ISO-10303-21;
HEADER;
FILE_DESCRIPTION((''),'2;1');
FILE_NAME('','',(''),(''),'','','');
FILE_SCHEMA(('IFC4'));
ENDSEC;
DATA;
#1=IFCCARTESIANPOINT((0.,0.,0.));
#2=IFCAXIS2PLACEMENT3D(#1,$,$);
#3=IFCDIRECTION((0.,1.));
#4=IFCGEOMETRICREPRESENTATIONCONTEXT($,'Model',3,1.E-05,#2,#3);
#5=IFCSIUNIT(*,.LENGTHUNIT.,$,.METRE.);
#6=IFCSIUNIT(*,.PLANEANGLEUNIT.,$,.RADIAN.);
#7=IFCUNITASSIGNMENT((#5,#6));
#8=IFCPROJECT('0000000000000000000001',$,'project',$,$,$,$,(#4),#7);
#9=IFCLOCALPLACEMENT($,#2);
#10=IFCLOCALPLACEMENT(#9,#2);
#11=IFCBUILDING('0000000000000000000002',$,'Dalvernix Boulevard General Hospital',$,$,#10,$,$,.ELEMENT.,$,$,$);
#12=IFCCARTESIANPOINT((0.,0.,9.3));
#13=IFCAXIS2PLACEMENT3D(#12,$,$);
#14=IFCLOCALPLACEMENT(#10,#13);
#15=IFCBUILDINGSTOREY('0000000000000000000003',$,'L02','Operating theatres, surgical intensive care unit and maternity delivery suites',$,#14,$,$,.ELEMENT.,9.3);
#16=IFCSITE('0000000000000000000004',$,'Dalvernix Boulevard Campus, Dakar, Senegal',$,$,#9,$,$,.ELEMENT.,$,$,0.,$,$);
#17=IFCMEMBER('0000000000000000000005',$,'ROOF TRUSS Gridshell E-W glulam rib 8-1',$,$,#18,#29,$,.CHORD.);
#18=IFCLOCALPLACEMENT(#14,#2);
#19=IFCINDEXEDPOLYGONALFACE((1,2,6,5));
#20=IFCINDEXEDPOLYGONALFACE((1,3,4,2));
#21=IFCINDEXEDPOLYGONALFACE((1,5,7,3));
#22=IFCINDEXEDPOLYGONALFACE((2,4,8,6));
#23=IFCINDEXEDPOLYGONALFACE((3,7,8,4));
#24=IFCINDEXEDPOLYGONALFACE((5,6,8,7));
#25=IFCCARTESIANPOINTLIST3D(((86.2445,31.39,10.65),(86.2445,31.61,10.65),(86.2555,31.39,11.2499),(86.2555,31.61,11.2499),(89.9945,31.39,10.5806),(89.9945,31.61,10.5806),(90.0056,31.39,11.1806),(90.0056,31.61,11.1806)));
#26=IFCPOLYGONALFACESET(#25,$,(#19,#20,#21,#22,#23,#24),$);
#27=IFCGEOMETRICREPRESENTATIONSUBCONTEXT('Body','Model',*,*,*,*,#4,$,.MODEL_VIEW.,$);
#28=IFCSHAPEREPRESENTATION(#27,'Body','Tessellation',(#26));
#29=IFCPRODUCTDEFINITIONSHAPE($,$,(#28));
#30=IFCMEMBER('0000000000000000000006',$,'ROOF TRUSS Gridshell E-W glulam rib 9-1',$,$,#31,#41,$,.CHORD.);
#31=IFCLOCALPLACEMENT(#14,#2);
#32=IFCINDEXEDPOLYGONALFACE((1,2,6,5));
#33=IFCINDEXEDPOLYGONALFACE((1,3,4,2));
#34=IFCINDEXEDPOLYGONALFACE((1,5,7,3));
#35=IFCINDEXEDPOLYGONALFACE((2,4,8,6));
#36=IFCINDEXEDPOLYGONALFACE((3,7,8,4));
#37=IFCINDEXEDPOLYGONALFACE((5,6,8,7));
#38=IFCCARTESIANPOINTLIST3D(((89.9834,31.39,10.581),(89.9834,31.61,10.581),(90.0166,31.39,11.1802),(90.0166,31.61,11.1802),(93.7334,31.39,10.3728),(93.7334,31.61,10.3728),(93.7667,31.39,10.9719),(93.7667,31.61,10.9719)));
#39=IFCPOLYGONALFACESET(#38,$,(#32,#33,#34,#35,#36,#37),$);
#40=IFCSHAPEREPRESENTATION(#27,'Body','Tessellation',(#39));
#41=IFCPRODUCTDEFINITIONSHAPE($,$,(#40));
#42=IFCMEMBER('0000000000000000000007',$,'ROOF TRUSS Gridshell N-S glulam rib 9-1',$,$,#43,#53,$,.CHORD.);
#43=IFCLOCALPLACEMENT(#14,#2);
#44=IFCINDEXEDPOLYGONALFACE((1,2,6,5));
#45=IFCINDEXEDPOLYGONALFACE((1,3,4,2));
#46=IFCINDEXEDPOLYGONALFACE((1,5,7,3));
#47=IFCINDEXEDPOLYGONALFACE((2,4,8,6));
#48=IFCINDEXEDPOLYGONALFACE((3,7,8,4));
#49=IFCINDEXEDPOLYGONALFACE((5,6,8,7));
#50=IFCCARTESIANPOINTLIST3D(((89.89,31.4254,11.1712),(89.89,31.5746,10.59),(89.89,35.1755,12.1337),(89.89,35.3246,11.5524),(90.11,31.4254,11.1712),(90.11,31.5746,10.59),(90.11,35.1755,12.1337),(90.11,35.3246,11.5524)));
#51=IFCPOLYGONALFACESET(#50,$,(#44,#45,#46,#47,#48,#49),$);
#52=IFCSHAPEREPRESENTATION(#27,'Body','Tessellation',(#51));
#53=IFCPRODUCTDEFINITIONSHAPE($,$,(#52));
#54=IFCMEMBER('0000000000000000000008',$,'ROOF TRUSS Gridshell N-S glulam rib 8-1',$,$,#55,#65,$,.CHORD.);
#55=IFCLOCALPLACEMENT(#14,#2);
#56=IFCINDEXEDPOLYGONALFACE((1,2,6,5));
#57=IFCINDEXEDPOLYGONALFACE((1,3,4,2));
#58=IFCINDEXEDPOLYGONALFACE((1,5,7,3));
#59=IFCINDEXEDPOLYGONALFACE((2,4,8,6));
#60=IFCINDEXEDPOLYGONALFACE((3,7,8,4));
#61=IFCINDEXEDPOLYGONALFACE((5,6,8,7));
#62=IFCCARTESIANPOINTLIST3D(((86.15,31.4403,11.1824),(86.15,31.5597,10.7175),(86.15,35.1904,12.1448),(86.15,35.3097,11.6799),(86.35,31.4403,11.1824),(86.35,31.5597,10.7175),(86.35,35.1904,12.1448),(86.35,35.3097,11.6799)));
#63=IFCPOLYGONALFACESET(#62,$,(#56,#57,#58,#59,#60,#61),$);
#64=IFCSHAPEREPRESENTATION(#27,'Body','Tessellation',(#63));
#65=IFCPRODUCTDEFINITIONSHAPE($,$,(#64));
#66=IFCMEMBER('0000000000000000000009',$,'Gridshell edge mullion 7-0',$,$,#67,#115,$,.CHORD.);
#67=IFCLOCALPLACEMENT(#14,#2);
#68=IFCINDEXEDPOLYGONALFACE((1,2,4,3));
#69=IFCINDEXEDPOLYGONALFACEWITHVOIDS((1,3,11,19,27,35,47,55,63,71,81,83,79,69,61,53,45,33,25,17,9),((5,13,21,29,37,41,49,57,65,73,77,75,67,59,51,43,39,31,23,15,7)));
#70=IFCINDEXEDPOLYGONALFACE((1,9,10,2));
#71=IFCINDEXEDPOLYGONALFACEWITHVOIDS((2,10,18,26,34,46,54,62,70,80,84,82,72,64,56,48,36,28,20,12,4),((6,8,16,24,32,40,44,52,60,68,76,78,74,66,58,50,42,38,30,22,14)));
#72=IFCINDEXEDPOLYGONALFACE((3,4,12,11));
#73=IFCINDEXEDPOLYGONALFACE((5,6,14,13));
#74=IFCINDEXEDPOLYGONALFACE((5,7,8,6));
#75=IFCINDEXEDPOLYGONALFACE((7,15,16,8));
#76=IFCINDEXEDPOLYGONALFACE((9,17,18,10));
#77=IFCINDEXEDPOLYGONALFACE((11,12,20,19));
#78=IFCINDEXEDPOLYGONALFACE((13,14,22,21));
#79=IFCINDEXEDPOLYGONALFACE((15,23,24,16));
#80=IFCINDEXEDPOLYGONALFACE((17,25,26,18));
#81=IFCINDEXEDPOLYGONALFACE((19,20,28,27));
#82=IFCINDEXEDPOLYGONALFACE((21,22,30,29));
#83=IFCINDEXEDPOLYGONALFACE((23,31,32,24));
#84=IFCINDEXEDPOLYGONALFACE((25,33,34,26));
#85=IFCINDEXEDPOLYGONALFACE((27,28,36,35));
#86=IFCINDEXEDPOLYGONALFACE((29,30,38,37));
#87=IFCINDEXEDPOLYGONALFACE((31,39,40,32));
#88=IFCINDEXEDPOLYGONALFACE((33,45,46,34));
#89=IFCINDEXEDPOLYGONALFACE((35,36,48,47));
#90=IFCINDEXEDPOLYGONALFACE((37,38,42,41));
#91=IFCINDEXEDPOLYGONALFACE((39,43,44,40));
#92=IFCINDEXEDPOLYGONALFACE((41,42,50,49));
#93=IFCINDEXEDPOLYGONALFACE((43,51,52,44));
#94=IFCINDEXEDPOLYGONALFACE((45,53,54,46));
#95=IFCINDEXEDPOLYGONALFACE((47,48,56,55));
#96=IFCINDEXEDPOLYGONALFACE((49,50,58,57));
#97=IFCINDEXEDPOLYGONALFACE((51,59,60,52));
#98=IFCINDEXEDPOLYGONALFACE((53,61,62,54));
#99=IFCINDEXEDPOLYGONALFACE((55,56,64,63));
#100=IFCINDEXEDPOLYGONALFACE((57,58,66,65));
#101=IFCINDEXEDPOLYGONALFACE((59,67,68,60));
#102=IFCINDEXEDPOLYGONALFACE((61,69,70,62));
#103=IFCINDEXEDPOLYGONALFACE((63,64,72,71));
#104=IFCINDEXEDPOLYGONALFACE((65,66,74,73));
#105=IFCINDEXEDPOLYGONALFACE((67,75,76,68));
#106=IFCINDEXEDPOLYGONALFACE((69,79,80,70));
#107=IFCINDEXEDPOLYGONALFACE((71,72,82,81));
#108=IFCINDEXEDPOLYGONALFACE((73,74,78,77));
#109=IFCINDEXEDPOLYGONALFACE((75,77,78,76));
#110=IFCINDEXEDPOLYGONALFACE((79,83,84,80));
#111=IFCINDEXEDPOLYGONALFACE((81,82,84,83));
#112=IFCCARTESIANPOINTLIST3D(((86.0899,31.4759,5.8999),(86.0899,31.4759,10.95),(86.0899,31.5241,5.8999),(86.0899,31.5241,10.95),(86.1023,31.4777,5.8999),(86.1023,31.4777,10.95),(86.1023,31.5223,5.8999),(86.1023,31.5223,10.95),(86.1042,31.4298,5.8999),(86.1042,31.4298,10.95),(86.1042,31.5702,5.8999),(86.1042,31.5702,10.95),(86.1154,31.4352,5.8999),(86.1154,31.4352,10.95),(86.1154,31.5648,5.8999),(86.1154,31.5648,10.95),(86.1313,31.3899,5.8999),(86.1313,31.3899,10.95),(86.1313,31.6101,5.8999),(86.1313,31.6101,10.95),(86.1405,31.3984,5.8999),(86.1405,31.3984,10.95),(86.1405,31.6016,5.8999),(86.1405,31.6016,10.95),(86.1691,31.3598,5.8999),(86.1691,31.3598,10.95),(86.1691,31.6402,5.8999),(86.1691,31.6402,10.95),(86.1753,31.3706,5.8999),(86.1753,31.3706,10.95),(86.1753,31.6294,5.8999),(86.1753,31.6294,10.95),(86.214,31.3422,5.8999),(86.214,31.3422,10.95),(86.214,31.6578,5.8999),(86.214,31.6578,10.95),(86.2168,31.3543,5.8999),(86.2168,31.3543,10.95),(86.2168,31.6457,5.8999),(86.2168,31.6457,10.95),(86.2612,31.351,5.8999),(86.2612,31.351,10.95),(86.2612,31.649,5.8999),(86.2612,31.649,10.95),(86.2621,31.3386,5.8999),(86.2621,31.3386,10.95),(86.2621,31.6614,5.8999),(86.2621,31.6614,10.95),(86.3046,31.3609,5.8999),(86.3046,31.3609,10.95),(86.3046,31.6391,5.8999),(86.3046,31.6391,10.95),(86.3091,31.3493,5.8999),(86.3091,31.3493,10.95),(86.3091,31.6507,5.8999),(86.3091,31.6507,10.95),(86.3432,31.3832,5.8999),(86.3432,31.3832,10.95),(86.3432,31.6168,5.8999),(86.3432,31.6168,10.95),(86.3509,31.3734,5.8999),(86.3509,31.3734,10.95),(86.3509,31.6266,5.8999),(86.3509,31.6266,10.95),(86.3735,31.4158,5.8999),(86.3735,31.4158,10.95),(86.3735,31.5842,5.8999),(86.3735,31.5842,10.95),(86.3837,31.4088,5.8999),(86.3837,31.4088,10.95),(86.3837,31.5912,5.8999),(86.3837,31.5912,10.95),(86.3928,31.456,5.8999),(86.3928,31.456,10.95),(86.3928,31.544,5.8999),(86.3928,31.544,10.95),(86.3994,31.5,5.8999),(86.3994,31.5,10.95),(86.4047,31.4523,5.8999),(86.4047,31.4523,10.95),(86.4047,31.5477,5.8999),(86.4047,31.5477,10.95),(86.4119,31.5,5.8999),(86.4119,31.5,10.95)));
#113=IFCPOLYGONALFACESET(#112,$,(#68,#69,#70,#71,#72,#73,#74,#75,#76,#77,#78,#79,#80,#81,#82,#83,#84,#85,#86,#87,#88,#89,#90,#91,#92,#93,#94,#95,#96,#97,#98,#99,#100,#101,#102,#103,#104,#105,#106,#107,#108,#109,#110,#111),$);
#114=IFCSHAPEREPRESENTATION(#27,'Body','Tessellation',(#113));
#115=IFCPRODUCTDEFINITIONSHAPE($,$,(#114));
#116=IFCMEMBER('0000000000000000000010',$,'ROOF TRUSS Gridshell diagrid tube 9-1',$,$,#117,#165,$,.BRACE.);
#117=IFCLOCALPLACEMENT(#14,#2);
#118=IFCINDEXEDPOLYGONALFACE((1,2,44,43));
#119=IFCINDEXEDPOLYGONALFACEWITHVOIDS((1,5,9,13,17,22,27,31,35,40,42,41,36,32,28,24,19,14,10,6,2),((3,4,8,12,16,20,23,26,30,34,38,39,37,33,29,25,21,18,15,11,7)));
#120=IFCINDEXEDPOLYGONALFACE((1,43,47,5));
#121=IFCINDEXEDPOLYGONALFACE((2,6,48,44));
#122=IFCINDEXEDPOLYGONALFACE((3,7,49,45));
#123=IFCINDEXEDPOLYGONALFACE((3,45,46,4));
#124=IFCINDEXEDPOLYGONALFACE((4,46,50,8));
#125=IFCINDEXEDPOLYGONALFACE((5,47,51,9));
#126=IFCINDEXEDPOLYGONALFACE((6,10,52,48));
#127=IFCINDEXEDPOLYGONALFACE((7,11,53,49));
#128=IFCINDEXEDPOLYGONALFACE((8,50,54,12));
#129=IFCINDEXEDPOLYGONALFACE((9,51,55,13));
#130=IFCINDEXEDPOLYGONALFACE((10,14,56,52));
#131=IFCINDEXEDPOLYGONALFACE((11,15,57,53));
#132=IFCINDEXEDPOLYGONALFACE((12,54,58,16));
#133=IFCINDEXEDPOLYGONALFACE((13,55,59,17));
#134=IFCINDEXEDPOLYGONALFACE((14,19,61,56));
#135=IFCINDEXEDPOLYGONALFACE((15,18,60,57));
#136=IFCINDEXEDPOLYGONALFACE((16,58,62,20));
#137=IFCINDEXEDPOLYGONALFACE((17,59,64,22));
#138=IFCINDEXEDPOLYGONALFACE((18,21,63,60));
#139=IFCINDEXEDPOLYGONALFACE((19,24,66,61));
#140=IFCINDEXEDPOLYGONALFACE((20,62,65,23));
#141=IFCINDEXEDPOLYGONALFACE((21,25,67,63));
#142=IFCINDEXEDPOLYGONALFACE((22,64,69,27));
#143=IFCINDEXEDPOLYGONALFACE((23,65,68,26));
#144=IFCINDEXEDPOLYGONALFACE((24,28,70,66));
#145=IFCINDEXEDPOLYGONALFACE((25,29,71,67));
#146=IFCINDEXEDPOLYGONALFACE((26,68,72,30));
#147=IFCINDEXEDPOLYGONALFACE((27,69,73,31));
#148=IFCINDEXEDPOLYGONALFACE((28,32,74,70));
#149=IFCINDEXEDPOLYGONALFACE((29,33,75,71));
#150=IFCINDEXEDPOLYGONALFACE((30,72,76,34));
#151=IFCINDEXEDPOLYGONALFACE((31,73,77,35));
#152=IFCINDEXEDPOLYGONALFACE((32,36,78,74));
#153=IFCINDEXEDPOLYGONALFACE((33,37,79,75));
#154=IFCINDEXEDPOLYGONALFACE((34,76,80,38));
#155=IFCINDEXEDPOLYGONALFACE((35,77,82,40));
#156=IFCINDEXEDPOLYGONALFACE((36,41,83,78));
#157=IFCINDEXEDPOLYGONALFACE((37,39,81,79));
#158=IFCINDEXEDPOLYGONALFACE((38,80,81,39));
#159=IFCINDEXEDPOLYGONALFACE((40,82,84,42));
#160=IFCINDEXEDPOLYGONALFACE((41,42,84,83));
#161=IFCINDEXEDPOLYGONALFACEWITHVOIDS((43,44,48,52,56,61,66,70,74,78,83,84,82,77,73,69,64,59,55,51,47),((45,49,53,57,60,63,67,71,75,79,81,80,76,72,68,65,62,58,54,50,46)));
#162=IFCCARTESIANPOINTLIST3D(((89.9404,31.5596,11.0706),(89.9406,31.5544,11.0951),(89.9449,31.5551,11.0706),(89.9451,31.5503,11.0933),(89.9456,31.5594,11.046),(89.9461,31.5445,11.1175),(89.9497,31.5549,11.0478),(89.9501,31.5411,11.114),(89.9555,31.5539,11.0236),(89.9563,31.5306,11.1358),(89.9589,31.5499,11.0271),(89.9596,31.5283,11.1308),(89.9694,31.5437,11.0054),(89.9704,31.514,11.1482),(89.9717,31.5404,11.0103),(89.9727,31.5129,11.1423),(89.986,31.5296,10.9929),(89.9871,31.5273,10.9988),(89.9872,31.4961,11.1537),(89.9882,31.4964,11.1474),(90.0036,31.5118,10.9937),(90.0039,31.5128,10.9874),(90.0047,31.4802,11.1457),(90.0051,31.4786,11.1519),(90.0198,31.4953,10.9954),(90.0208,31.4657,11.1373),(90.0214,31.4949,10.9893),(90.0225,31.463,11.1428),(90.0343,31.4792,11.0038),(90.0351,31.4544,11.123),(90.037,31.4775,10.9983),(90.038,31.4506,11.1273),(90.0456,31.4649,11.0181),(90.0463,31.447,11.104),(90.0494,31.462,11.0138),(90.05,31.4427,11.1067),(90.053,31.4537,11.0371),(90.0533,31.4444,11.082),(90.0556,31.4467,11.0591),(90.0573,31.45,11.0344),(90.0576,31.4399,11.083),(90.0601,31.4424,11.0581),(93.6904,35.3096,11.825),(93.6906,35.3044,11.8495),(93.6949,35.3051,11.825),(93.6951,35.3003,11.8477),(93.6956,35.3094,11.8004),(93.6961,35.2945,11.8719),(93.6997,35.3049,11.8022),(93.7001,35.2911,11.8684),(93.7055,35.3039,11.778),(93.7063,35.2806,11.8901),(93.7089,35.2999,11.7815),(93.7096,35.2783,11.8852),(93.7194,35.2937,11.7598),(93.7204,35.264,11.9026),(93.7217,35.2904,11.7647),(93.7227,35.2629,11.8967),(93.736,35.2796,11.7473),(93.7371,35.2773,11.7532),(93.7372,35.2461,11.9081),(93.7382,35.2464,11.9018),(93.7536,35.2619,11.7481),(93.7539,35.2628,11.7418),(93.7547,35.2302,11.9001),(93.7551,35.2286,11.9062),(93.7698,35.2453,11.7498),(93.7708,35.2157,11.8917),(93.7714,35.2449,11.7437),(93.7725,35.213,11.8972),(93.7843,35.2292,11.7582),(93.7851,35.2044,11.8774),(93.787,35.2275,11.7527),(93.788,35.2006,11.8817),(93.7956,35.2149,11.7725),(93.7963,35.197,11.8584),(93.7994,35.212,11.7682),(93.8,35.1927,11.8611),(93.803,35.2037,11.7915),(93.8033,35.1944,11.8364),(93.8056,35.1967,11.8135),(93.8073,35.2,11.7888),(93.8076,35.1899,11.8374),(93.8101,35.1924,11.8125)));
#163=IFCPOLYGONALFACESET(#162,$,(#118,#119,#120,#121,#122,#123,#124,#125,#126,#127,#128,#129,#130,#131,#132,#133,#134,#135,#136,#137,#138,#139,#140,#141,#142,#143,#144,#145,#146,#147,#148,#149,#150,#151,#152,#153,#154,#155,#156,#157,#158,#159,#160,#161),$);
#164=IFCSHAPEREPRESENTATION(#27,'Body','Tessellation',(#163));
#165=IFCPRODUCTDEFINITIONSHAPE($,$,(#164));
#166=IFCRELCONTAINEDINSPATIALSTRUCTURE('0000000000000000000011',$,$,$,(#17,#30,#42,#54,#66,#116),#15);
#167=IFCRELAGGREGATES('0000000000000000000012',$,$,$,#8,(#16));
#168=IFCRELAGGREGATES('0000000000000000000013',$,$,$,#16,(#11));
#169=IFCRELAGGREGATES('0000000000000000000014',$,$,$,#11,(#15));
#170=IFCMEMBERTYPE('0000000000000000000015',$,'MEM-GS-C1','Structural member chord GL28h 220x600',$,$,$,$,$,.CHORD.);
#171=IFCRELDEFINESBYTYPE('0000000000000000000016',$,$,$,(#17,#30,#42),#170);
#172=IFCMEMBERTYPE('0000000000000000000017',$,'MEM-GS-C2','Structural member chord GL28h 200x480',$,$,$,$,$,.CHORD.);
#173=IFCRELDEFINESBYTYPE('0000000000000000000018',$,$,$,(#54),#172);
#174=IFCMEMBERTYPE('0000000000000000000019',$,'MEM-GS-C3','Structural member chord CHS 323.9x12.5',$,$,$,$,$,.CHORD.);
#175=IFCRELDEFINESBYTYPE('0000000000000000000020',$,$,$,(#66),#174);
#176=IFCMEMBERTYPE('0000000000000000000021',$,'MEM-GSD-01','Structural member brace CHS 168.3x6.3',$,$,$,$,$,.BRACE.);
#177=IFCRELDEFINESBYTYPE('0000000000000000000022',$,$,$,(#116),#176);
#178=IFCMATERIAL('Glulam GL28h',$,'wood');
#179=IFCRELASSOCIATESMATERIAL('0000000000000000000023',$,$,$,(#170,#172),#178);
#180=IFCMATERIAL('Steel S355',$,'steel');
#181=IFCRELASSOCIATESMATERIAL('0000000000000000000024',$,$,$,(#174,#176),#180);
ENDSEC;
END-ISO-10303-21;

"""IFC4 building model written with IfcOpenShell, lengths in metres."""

from ifc_helpers import new_model, si_unit, direction, frame, origin, origin_2d, place, context, subcontext, project, spatial, rectangle, hollow_circle, extrude, material, material_profile, profile_set, type_object, element, save


model = new_model("IFC4")

# Units and contexts
model_context = context("Model", 3, precision=1e-05, world=origin(), true_north=direction((0.0, 1.0)))
body_context = subcontext(model_context, "Body", "Model", "MODEL_VIEW")
ifc_project = project(units=[si_unit("LENGTHUNIT", "METRE"), si_unit("PLANEANGLEUNIT", "RADIAN")], contexts=[model_context])

# Site, building, storey
site_placement = place(None, origin())
site = spatial("IfcSite", under=ifc_project, at=site_placement, Name="Dalvernix Boulevard Campus, Dakar, Senegal", CompositionType="ELEMENT", RefElevation=0.0)
building_placement = place(site_placement, origin())
building = spatial("IfcBuilding", under=site, at=building_placement, Name="Dalvernix Boulevard General Hospital", CompositionType="ELEMENT")
storey_placement = place(building_placement, frame((0.0, 0.0, 9.3)))
storey = spatial("IfcBuildingStorey", under=building, at=storey_placement, Name="L02", Description="Operating theatres, surgical intensive care unit and maternity delivery suites", CompositionType="ELEMENT", Elevation=9.3)

# Shared definitions
ifc_material_1 = material(Name="Steel S355", Category="steel")

# Members
ifc_material_2 = material(Name="Glulam GL28h", Category="wood")
ifc_material_profile_1 = material_profile(ifc_material_2, rectangle(XDim=0.22, YDim=0.6001, at=origin_2d()), Name="GL28h 220x600")
ifc_profile_set_1 = profile_set([ifc_material_profile_1], Name="Glulam GL28h")
member_type_1 = type_object("IfcMemberType", Name="MEM-GS-C1", Description="Structural member chord GL28h 220x600", PredefinedType="CHORD", material=ifc_profile_set_1)
member_1_placement = place(storey_placement, frame((86.25, 31.5, 10.95), z_axis=(0.999829, 0.0, -0.018486), x_axis=(0.0, 1.0, 0.0)))
element("IfcMember", 1, at=member_1_placement, inside=storey, type_object=member_type_1, Name="ROOF TRUSS Gridshell E-W glulam rib 8-1", PredefinedType="CHORD", context=body_context, shape_type="SweptSolid", body=[
    extrude(rectangle(XDim=0.22, YDim=0.6001, at=origin_2d()), origin(), (0.0, 0.0, 1.0), 3.7507),
])
member_2_placement = place(storey_placement, frame((90.0, 31.5, 10.8806), z_axis=(0.998462, 0.0, -0.055448), x_axis=(0.0, 1.0, 0.0)))
element("IfcMember", 2, at=member_2_placement, inside=storey, type_object=member_type_1, Name="ROOF TRUSS Gridshell E-W glulam rib 9-1", PredefinedType="CHORD", context=body_context, shape_type="SweptSolid", body=[
    extrude(rectangle(XDim=0.22, YDim=0.6001, at=origin_2d()), origin(), (0.0, 0.0, 1.0), 3.7559),
])
member_3_placement = place(storey_placement, frame((90.0, 31.5, 10.8806), z_axis=(0.0, 0.96861, 0.248585), x_axis=(-1.0, 0.0, 0.0)))
element("IfcMember", 3, at=member_3_placement, inside=storey, type_object=member_type_1, Name="ROOF TRUSS Gridshell N-S glulam rib 9-1", PredefinedType="CHORD", context=body_context, shape_type="SweptSolid", body=[
    extrude(rectangle(XDim=0.22, YDim=0.6001, at=origin_2d()), origin(), (0.0, 0.0, 1.0), 3.8716),
])
ifc_material_profile_2 = material_profile(ifc_material_2, rectangle(XDim=0.2, YDim=0.48, at=origin_2d()), Name="GL28h 200x480")
ifc_profile_set_2 = profile_set([ifc_material_profile_2], Name="Glulam GL28h")
member_type_2 = type_object("IfcMemberType", Name="MEM-GS-C2", Description="Structural member chord GL28h 200x480", PredefinedType="CHORD", material=ifc_profile_set_2)
member_4_placement = place(storey_placement, frame((86.25, 31.5, 10.95), z_axis=(0.0, 0.96861, 0.248585), x_axis=(-1.0, 0.0, 0.0)))
element("IfcMember", 4, at=member_4_placement, inside=storey, type_object=member_type_2, Name="ROOF TRUSS Gridshell N-S glulam rib 8-1", PredefinedType="CHORD", context=body_context, shape_type="SweptSolid", body=[
    extrude(rectangle(XDim=0.2, YDim=0.48, at=origin_2d()), origin(), (0.0, 0.0, 1.0), 3.8716),
])
ifc_material_profile_3 = material_profile(ifc_material_1, hollow_circle(Radius=0.1619, WallThickness=0.0125, at=origin_2d()), Name="CHS 323.9x12.5")
ifc_profile_set_3 = profile_set([ifc_material_profile_3], Name="Steel S355")
member_type_3 = type_object("IfcMemberType", Name="MEM-GS-C3", Description="Structural member chord CHS 323.9x12.5", PredefinedType="CHORD", material=ifc_profile_set_3)
member_5_placement = place(storey_placement, frame((86.25, 31.5, 5.8999), z_axis=(0.0, 0.0, 1.0), x_axis=(1.0, 0.0, 0.0)))
element("IfcMember", 5, at=member_5_placement, inside=storey, type_object=member_type_3, Name="Gridshell edge mullion 7-0", PredefinedType="CHORD", context=body_context, shape_type="SweptSolid", body=[
    extrude(hollow_circle(Radius=0.1619, WallThickness=0.0125, at=origin_2d()), origin(), (0.0, 0.0, 1.0), 5.05),
])
ifc_material_profile_4 = material_profile(ifc_material_1, hollow_circle(Radius=0.0842, WallThickness=0.0063, at=origin_2d()), Name="CHS 168.3x6.3")
ifc_profile_set_4 = profile_set([ifc_material_profile_4], Name="Steel S355")
member_type_4 = type_object("IfcMemberType", Name="MEM-GSD-01", Description="Structural member brace CHS 168.3x6.3", PredefinedType="BRACE", material=ifc_profile_set_4)
member_6_placement = place(storey_placement, frame((90.0, 31.5, 11.0706), z_axis=(0.700059, 0.700059, 0.140832), x_axis=(-0.707107, 0.707107, 0.0)))
element("IfcMember", 6, at=member_6_placement, inside=storey, type_object=member_type_4, Name="ROOF TRUSS Gridshell diagrid tube 9-1", PredefinedType="BRACE", context=body_context, shape_type="SweptSolid", body=[
    extrude(hollow_circle(Radius=0.0842, WallThickness=0.0063, at=origin_2d()), origin(), (0.0, 0.0, 1.0), 5.3567),
])

save(model, "model.ifc")
